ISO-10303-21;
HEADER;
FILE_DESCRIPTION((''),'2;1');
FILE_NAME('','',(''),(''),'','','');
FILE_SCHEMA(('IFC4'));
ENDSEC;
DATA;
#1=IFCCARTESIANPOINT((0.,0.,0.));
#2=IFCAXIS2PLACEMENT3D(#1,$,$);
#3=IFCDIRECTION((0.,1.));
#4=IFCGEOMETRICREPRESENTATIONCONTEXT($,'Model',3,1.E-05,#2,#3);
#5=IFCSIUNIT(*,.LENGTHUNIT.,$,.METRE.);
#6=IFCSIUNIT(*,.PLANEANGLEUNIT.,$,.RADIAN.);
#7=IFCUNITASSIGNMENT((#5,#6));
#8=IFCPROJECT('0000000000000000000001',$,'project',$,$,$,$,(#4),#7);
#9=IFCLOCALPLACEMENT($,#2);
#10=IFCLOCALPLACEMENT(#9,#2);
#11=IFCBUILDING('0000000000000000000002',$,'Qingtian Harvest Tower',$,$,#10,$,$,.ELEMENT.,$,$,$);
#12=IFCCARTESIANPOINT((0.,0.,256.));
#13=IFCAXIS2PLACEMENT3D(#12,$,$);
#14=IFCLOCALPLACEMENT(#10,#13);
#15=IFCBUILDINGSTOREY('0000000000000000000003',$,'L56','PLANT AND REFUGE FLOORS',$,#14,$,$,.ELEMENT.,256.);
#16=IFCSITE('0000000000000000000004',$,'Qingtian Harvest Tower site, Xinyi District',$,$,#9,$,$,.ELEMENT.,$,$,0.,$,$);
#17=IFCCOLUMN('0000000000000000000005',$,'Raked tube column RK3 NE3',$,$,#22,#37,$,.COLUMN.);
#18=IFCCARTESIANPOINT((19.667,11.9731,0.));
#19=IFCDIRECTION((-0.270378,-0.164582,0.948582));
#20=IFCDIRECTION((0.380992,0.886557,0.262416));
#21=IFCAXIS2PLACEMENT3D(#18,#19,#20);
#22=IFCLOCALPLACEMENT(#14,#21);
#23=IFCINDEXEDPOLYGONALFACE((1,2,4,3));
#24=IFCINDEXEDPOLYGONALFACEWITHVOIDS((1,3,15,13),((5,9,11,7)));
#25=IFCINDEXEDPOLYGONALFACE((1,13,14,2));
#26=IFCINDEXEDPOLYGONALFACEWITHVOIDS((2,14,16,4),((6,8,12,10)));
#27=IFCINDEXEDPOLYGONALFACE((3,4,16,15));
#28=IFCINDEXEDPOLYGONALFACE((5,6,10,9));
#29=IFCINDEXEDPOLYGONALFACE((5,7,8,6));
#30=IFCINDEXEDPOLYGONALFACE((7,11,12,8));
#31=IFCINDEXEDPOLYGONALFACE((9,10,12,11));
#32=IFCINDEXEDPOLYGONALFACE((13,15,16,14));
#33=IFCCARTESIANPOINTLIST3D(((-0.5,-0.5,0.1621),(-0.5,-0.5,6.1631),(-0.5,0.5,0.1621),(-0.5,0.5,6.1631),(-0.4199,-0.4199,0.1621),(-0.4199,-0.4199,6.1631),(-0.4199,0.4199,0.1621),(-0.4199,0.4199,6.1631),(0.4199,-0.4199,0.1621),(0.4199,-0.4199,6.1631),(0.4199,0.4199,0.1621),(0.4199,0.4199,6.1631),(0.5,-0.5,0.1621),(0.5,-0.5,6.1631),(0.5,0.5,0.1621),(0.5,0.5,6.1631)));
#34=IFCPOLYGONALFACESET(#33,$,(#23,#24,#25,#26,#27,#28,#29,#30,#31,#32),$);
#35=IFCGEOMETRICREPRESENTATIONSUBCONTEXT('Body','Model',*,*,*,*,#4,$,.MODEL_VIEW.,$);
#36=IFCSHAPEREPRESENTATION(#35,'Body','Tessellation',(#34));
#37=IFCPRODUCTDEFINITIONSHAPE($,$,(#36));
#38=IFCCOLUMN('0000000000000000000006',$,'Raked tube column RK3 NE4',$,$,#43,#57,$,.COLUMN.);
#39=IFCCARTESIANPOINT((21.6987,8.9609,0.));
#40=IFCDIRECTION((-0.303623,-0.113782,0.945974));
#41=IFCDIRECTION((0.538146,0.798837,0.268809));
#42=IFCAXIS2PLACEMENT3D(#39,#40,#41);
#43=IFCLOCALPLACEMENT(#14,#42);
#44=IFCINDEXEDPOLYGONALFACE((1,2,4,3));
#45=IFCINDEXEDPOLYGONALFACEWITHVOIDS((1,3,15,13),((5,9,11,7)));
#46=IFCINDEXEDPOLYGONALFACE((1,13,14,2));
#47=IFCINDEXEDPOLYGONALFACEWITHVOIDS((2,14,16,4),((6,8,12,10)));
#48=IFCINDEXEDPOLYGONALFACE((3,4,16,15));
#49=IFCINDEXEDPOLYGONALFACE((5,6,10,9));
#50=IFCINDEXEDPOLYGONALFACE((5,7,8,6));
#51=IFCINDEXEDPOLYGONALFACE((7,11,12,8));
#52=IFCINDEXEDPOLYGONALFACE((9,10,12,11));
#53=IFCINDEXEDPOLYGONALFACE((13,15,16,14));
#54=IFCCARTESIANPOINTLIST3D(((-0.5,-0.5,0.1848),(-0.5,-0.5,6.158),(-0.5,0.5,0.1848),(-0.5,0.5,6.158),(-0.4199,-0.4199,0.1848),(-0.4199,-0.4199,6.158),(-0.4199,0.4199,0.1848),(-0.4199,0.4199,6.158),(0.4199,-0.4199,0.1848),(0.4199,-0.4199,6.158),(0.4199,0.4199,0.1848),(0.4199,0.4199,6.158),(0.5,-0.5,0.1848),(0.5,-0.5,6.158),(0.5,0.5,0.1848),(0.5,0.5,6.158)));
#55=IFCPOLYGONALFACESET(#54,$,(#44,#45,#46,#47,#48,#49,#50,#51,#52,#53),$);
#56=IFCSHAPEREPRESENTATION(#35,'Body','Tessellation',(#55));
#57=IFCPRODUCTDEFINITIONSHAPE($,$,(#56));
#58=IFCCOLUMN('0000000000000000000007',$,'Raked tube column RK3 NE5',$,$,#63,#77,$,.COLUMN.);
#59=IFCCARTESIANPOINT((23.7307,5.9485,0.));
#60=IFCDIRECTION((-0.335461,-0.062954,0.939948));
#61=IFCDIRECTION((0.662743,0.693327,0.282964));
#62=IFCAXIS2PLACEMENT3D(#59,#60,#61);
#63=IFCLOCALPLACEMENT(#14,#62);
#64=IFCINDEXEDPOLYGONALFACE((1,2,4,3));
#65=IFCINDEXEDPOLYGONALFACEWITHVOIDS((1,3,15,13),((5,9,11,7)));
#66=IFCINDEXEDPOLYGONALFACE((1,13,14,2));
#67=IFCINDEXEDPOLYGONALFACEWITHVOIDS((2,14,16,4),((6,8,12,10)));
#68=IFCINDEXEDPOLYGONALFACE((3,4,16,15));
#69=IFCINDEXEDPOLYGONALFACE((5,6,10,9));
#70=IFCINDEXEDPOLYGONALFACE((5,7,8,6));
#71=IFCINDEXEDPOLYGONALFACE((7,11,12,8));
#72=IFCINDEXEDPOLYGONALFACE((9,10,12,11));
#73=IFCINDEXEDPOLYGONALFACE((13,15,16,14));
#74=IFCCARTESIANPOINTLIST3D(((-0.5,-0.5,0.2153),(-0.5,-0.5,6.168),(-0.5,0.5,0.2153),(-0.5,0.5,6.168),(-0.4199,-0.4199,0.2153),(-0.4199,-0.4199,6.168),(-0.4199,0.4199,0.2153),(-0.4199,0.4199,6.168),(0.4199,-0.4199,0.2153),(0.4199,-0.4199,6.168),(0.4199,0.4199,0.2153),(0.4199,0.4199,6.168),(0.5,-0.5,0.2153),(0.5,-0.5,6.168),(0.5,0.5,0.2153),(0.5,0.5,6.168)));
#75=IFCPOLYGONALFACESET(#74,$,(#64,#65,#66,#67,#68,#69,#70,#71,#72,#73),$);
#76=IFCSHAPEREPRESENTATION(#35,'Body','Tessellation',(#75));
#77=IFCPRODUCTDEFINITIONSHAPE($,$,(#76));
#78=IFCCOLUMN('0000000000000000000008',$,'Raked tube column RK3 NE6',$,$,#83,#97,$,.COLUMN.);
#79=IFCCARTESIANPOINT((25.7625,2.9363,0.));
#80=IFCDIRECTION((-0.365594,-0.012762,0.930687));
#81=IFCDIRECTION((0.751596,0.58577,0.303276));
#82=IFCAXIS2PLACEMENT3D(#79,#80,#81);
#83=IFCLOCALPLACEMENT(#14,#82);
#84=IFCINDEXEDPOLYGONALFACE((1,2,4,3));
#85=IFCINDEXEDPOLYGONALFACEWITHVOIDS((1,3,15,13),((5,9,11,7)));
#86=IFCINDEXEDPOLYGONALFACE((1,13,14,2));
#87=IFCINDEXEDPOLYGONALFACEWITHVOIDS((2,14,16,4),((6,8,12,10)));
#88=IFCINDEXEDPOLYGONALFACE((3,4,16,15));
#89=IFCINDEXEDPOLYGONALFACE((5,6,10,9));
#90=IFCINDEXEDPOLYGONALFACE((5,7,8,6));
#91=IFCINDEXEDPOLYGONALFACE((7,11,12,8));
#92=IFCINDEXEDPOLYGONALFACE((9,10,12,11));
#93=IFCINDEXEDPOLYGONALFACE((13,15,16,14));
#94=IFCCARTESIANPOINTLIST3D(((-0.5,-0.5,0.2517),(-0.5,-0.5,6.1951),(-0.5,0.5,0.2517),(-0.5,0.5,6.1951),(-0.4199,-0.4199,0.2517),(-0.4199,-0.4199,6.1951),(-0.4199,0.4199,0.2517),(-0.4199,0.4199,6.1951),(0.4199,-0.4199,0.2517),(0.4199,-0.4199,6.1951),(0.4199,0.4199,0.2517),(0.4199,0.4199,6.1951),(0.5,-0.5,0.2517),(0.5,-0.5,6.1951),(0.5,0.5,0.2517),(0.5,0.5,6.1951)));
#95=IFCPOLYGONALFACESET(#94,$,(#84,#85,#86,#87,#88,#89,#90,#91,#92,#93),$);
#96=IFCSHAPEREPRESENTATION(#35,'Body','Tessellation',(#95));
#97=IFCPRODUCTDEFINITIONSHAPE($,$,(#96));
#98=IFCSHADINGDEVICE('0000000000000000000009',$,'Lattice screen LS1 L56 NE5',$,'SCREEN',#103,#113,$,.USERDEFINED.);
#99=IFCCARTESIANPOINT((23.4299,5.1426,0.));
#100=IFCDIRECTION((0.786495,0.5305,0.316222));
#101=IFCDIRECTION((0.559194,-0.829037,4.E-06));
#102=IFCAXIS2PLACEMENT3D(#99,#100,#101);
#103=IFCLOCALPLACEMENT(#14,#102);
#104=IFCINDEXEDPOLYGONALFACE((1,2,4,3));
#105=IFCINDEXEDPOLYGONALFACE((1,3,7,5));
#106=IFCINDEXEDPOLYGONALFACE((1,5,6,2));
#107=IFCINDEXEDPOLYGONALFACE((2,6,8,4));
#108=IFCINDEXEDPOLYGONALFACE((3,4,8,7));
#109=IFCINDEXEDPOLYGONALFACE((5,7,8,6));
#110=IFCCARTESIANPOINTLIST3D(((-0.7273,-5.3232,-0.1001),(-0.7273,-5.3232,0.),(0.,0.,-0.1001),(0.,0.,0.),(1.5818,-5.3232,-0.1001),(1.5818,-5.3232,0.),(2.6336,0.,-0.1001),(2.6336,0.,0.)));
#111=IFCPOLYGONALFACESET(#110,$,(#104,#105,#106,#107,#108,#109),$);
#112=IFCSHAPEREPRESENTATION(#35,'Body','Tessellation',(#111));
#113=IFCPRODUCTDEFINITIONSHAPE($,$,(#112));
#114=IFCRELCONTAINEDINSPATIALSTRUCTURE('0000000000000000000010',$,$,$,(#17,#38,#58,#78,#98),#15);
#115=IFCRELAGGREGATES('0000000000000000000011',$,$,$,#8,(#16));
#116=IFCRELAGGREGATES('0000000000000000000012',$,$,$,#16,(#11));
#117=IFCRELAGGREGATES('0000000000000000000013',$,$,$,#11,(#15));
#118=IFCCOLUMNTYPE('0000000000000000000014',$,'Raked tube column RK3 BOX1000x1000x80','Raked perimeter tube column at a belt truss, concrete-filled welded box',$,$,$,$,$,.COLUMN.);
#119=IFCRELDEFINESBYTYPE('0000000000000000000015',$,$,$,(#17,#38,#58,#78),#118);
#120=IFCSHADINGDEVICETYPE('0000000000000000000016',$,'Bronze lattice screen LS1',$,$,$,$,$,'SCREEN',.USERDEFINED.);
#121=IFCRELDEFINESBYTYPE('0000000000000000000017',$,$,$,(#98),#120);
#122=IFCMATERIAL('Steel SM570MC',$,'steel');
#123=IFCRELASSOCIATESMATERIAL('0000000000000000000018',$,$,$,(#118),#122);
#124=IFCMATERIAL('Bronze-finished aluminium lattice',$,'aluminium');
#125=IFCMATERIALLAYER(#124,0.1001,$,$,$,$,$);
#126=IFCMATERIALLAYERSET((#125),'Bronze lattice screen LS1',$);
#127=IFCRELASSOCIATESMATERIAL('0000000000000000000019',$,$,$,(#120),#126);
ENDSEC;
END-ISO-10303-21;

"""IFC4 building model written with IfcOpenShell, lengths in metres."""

from ifc_helpers import new_model, si_unit, direction, frame, origin, origin_2d, place, context, subcontext, project, spatial, polyline, hollow_rectangle, outline, extrude, clip, halfspace, material, layer, layer_set, material_profile, profile_set, type_object, element, save


model = new_model("IFC4")

# Units and contexts
model_context = context("Model", 3, precision=1e-05, world=origin(), true_north=direction((0.0, 1.0)))
body_context = subcontext(model_context, "Body", "Model", "MODEL_VIEW")
ifc_project = project(units=[si_unit("LENGTHUNIT", "METRE"), si_unit("PLANEANGLEUNIT", "RADIAN")], contexts=[model_context])

# Site, building, storey
site_placement = place(None, origin())
site = spatial("IfcSite", under=ifc_project, at=site_placement, Name="Qingtian Harvest Tower site, Xinyi District", CompositionType="ELEMENT", RefElevation=0.0)
building_placement = place(site_placement, origin())
building = spatial("IfcBuilding", under=site, at=building_placement, Name="Qingtian Harvest Tower", CompositionType="ELEMENT")
storey_placement = place(building_placement, frame((0.0, 0.0, 256.0)))
storey = spatial("IfcBuildingStorey", under=building, at=storey_placement, Name="L56", Description="PLANT AND REFUGE FLOORS", CompositionType="ELEMENT", Elevation=256.0)

# Columns
ifc_material_1 = material(Name="Steel SM570MC", Category="steel")
ifc_material_profile_1 = material_profile(ifc_material_1, hollow_rectangle(XDim=1.0, YDim=1.0, WallThickness=0.0801, at=origin_2d()), Name="BOX1000x1000x80")
ifc_profile_set_1 = profile_set([ifc_material_profile_1], Name="Steel SM570MC")
column_type = type_object("IfcColumnType", Name="Raked tube column RK3 BOX1000x1000x80", Description="Raked perimeter tube column at a belt truss, concrete-filled welded box", PredefinedType="COLUMN", material=ifc_profile_set_1)
column_1_placement = place(storey_placement, frame((19.667, 11.9731, 0.0), z_axis=(-0.270378, -0.164582, 0.948582), x_axis=(0.380992, 0.886557, 0.262416)))
element("IfcColumn", 1, at=column_1_placement, inside=storey, type_object=column_type, Name="Raked tube column RK3 NE3", PredefinedType="COLUMN", context=body_context, shape_type="Clipping", body=[
    clip(clip(extrude(hollow_rectangle(XDim=1.0, YDim=1.0, WallThickness=0.0801, at=origin_2d()), origin(), (0.0, 0.0, 1.0), 6.3252), halfspace(frame((0.0, 0.0, 0.1621), z_axis=(0.0, 0.0, -1.0), x_axis=(0.0, -1.0, 0.0)), False)), halfspace(frame((0.0, 0.0, 6.1631), z_axis=(0.0, 0.0, 1.0), x_axis=(0.0, 1.0, 0.0)), False)),
])
column_2_placement = place(storey_placement, frame((21.6987, 8.9609, 0.0), z_axis=(-0.303623, -0.113782, 0.945974), x_axis=(0.538146, 0.798837, 0.268809)))
element("IfcColumn", 2, at=column_2_placement, inside=storey, type_object=column_type, Name="Raked tube column RK3 NE4", PredefinedType="COLUMN", context=body_context, shape_type="Clipping", body=[
    clip(clip(extrude(hollow_rectangle(XDim=1.0, YDim=1.0, WallThickness=0.0801, at=origin_2d()), origin(), (0.0, 0.0, 1.0), 6.3428), halfspace(frame((0.0, 0.0, 0.1848), z_axis=(0.0, 0.0, -1.0), x_axis=(0.0, -1.0, 0.0)), False)), halfspace(frame((0.0, 0.0, 6.158), z_axis=(0.0, 0.0, 1.0), x_axis=(0.0, 1.0, 0.0)), False)),
])
column_3_placement = place(storey_placement, frame((23.7307, 5.9485, 0.0), z_axis=(-0.335461, -0.062954, 0.939948), x_axis=(0.662743, 0.693327, 0.282964)))
element("IfcColumn", 3, at=column_3_placement, inside=storey, type_object=column_type, Name="Raked tube column RK3 NE5", PredefinedType="COLUMN", context=body_context, shape_type="Clipping", body=[
    clip(clip(extrude(hollow_rectangle(XDim=1.0, YDim=1.0, WallThickness=0.0801, at=origin_2d()), origin(), (0.0, 0.0, 1.0), 6.3833), halfspace(frame((0.0, 0.0, 0.2153), z_axis=(0.0, 0.0, -1.0), x_axis=(0.0, -1.0, 0.0)), False)), halfspace(frame((0.0, 0.0, 6.168), z_axis=(0.0, 0.0, 1.0), x_axis=(0.0, 1.0, 0.0)), False)),
])
column_4_placement = place(storey_placement, frame((25.7625, 2.9363, 0.0), z_axis=(-0.365594, -0.012762, 0.930687), x_axis=(0.751596, 0.58577, 0.303276)))
element("IfcColumn", 4, at=column_4_placement, inside=storey, type_object=column_type, Name="Raked tube column RK3 NE6", PredefinedType="COLUMN", context=body_context, shape_type="Clipping", body=[
    clip(clip(extrude(hollow_rectangle(XDim=1.0, YDim=1.0, WallThickness=0.0801, at=origin_2d()), origin(), (0.0, 0.0, 1.0), 6.4468), halfspace(frame((0.0, 0.0, 0.2517), z_axis=(0.0, 0.0, -1.0), x_axis=(0.0, -1.0, 0.0)), False)), halfspace(frame((0.0, 0.0, 6.1951), z_axis=(0.0, 0.0, 1.0), x_axis=(0.0, 1.0, 0.0)), False)),
])

# Shading device
ifc_material_2 = material(Name="Bronze-finished aluminium lattice", Category="aluminium")
ifc_layer_1 = layer(ifc_material_2, 0.1001)
ifc_layer_set_1 = layer_set([ifc_layer_1], Name="Bronze lattice screen LS1")
shading_device_type = type_object("IfcShadingDeviceType", Name="Bronze lattice screen LS1", ElementType="SCREEN", PredefinedType="USERDEFINED", material=ifc_layer_set_1)
shading_device_1_placement = place(storey_placement, frame((23.4299, 5.1426, 0.0), z_axis=(0.786495, 0.5305, 0.316222), x_axis=(0.559194, -0.829037, 0.000004)))
element("IfcShadingDevice", 5, at=shading_device_1_placement, inside=storey, type_object=shading_device_type, Name="Lattice screen LS1 L56 NE5", ObjectType="SCREEN", PredefinedType="USERDEFINED", context=body_context, shape_type="SweptSolid", body=[
    extrude(outline(polyline([(0.0, 0.0), (2.6336, 0.0), (1.5818, -5.3232), (-0.7273, -5.3232), (0.0, 0.0)])), origin(), (0.0, 0.0, -1.0), 0.1001),
])

save(model, "model.ifc")
